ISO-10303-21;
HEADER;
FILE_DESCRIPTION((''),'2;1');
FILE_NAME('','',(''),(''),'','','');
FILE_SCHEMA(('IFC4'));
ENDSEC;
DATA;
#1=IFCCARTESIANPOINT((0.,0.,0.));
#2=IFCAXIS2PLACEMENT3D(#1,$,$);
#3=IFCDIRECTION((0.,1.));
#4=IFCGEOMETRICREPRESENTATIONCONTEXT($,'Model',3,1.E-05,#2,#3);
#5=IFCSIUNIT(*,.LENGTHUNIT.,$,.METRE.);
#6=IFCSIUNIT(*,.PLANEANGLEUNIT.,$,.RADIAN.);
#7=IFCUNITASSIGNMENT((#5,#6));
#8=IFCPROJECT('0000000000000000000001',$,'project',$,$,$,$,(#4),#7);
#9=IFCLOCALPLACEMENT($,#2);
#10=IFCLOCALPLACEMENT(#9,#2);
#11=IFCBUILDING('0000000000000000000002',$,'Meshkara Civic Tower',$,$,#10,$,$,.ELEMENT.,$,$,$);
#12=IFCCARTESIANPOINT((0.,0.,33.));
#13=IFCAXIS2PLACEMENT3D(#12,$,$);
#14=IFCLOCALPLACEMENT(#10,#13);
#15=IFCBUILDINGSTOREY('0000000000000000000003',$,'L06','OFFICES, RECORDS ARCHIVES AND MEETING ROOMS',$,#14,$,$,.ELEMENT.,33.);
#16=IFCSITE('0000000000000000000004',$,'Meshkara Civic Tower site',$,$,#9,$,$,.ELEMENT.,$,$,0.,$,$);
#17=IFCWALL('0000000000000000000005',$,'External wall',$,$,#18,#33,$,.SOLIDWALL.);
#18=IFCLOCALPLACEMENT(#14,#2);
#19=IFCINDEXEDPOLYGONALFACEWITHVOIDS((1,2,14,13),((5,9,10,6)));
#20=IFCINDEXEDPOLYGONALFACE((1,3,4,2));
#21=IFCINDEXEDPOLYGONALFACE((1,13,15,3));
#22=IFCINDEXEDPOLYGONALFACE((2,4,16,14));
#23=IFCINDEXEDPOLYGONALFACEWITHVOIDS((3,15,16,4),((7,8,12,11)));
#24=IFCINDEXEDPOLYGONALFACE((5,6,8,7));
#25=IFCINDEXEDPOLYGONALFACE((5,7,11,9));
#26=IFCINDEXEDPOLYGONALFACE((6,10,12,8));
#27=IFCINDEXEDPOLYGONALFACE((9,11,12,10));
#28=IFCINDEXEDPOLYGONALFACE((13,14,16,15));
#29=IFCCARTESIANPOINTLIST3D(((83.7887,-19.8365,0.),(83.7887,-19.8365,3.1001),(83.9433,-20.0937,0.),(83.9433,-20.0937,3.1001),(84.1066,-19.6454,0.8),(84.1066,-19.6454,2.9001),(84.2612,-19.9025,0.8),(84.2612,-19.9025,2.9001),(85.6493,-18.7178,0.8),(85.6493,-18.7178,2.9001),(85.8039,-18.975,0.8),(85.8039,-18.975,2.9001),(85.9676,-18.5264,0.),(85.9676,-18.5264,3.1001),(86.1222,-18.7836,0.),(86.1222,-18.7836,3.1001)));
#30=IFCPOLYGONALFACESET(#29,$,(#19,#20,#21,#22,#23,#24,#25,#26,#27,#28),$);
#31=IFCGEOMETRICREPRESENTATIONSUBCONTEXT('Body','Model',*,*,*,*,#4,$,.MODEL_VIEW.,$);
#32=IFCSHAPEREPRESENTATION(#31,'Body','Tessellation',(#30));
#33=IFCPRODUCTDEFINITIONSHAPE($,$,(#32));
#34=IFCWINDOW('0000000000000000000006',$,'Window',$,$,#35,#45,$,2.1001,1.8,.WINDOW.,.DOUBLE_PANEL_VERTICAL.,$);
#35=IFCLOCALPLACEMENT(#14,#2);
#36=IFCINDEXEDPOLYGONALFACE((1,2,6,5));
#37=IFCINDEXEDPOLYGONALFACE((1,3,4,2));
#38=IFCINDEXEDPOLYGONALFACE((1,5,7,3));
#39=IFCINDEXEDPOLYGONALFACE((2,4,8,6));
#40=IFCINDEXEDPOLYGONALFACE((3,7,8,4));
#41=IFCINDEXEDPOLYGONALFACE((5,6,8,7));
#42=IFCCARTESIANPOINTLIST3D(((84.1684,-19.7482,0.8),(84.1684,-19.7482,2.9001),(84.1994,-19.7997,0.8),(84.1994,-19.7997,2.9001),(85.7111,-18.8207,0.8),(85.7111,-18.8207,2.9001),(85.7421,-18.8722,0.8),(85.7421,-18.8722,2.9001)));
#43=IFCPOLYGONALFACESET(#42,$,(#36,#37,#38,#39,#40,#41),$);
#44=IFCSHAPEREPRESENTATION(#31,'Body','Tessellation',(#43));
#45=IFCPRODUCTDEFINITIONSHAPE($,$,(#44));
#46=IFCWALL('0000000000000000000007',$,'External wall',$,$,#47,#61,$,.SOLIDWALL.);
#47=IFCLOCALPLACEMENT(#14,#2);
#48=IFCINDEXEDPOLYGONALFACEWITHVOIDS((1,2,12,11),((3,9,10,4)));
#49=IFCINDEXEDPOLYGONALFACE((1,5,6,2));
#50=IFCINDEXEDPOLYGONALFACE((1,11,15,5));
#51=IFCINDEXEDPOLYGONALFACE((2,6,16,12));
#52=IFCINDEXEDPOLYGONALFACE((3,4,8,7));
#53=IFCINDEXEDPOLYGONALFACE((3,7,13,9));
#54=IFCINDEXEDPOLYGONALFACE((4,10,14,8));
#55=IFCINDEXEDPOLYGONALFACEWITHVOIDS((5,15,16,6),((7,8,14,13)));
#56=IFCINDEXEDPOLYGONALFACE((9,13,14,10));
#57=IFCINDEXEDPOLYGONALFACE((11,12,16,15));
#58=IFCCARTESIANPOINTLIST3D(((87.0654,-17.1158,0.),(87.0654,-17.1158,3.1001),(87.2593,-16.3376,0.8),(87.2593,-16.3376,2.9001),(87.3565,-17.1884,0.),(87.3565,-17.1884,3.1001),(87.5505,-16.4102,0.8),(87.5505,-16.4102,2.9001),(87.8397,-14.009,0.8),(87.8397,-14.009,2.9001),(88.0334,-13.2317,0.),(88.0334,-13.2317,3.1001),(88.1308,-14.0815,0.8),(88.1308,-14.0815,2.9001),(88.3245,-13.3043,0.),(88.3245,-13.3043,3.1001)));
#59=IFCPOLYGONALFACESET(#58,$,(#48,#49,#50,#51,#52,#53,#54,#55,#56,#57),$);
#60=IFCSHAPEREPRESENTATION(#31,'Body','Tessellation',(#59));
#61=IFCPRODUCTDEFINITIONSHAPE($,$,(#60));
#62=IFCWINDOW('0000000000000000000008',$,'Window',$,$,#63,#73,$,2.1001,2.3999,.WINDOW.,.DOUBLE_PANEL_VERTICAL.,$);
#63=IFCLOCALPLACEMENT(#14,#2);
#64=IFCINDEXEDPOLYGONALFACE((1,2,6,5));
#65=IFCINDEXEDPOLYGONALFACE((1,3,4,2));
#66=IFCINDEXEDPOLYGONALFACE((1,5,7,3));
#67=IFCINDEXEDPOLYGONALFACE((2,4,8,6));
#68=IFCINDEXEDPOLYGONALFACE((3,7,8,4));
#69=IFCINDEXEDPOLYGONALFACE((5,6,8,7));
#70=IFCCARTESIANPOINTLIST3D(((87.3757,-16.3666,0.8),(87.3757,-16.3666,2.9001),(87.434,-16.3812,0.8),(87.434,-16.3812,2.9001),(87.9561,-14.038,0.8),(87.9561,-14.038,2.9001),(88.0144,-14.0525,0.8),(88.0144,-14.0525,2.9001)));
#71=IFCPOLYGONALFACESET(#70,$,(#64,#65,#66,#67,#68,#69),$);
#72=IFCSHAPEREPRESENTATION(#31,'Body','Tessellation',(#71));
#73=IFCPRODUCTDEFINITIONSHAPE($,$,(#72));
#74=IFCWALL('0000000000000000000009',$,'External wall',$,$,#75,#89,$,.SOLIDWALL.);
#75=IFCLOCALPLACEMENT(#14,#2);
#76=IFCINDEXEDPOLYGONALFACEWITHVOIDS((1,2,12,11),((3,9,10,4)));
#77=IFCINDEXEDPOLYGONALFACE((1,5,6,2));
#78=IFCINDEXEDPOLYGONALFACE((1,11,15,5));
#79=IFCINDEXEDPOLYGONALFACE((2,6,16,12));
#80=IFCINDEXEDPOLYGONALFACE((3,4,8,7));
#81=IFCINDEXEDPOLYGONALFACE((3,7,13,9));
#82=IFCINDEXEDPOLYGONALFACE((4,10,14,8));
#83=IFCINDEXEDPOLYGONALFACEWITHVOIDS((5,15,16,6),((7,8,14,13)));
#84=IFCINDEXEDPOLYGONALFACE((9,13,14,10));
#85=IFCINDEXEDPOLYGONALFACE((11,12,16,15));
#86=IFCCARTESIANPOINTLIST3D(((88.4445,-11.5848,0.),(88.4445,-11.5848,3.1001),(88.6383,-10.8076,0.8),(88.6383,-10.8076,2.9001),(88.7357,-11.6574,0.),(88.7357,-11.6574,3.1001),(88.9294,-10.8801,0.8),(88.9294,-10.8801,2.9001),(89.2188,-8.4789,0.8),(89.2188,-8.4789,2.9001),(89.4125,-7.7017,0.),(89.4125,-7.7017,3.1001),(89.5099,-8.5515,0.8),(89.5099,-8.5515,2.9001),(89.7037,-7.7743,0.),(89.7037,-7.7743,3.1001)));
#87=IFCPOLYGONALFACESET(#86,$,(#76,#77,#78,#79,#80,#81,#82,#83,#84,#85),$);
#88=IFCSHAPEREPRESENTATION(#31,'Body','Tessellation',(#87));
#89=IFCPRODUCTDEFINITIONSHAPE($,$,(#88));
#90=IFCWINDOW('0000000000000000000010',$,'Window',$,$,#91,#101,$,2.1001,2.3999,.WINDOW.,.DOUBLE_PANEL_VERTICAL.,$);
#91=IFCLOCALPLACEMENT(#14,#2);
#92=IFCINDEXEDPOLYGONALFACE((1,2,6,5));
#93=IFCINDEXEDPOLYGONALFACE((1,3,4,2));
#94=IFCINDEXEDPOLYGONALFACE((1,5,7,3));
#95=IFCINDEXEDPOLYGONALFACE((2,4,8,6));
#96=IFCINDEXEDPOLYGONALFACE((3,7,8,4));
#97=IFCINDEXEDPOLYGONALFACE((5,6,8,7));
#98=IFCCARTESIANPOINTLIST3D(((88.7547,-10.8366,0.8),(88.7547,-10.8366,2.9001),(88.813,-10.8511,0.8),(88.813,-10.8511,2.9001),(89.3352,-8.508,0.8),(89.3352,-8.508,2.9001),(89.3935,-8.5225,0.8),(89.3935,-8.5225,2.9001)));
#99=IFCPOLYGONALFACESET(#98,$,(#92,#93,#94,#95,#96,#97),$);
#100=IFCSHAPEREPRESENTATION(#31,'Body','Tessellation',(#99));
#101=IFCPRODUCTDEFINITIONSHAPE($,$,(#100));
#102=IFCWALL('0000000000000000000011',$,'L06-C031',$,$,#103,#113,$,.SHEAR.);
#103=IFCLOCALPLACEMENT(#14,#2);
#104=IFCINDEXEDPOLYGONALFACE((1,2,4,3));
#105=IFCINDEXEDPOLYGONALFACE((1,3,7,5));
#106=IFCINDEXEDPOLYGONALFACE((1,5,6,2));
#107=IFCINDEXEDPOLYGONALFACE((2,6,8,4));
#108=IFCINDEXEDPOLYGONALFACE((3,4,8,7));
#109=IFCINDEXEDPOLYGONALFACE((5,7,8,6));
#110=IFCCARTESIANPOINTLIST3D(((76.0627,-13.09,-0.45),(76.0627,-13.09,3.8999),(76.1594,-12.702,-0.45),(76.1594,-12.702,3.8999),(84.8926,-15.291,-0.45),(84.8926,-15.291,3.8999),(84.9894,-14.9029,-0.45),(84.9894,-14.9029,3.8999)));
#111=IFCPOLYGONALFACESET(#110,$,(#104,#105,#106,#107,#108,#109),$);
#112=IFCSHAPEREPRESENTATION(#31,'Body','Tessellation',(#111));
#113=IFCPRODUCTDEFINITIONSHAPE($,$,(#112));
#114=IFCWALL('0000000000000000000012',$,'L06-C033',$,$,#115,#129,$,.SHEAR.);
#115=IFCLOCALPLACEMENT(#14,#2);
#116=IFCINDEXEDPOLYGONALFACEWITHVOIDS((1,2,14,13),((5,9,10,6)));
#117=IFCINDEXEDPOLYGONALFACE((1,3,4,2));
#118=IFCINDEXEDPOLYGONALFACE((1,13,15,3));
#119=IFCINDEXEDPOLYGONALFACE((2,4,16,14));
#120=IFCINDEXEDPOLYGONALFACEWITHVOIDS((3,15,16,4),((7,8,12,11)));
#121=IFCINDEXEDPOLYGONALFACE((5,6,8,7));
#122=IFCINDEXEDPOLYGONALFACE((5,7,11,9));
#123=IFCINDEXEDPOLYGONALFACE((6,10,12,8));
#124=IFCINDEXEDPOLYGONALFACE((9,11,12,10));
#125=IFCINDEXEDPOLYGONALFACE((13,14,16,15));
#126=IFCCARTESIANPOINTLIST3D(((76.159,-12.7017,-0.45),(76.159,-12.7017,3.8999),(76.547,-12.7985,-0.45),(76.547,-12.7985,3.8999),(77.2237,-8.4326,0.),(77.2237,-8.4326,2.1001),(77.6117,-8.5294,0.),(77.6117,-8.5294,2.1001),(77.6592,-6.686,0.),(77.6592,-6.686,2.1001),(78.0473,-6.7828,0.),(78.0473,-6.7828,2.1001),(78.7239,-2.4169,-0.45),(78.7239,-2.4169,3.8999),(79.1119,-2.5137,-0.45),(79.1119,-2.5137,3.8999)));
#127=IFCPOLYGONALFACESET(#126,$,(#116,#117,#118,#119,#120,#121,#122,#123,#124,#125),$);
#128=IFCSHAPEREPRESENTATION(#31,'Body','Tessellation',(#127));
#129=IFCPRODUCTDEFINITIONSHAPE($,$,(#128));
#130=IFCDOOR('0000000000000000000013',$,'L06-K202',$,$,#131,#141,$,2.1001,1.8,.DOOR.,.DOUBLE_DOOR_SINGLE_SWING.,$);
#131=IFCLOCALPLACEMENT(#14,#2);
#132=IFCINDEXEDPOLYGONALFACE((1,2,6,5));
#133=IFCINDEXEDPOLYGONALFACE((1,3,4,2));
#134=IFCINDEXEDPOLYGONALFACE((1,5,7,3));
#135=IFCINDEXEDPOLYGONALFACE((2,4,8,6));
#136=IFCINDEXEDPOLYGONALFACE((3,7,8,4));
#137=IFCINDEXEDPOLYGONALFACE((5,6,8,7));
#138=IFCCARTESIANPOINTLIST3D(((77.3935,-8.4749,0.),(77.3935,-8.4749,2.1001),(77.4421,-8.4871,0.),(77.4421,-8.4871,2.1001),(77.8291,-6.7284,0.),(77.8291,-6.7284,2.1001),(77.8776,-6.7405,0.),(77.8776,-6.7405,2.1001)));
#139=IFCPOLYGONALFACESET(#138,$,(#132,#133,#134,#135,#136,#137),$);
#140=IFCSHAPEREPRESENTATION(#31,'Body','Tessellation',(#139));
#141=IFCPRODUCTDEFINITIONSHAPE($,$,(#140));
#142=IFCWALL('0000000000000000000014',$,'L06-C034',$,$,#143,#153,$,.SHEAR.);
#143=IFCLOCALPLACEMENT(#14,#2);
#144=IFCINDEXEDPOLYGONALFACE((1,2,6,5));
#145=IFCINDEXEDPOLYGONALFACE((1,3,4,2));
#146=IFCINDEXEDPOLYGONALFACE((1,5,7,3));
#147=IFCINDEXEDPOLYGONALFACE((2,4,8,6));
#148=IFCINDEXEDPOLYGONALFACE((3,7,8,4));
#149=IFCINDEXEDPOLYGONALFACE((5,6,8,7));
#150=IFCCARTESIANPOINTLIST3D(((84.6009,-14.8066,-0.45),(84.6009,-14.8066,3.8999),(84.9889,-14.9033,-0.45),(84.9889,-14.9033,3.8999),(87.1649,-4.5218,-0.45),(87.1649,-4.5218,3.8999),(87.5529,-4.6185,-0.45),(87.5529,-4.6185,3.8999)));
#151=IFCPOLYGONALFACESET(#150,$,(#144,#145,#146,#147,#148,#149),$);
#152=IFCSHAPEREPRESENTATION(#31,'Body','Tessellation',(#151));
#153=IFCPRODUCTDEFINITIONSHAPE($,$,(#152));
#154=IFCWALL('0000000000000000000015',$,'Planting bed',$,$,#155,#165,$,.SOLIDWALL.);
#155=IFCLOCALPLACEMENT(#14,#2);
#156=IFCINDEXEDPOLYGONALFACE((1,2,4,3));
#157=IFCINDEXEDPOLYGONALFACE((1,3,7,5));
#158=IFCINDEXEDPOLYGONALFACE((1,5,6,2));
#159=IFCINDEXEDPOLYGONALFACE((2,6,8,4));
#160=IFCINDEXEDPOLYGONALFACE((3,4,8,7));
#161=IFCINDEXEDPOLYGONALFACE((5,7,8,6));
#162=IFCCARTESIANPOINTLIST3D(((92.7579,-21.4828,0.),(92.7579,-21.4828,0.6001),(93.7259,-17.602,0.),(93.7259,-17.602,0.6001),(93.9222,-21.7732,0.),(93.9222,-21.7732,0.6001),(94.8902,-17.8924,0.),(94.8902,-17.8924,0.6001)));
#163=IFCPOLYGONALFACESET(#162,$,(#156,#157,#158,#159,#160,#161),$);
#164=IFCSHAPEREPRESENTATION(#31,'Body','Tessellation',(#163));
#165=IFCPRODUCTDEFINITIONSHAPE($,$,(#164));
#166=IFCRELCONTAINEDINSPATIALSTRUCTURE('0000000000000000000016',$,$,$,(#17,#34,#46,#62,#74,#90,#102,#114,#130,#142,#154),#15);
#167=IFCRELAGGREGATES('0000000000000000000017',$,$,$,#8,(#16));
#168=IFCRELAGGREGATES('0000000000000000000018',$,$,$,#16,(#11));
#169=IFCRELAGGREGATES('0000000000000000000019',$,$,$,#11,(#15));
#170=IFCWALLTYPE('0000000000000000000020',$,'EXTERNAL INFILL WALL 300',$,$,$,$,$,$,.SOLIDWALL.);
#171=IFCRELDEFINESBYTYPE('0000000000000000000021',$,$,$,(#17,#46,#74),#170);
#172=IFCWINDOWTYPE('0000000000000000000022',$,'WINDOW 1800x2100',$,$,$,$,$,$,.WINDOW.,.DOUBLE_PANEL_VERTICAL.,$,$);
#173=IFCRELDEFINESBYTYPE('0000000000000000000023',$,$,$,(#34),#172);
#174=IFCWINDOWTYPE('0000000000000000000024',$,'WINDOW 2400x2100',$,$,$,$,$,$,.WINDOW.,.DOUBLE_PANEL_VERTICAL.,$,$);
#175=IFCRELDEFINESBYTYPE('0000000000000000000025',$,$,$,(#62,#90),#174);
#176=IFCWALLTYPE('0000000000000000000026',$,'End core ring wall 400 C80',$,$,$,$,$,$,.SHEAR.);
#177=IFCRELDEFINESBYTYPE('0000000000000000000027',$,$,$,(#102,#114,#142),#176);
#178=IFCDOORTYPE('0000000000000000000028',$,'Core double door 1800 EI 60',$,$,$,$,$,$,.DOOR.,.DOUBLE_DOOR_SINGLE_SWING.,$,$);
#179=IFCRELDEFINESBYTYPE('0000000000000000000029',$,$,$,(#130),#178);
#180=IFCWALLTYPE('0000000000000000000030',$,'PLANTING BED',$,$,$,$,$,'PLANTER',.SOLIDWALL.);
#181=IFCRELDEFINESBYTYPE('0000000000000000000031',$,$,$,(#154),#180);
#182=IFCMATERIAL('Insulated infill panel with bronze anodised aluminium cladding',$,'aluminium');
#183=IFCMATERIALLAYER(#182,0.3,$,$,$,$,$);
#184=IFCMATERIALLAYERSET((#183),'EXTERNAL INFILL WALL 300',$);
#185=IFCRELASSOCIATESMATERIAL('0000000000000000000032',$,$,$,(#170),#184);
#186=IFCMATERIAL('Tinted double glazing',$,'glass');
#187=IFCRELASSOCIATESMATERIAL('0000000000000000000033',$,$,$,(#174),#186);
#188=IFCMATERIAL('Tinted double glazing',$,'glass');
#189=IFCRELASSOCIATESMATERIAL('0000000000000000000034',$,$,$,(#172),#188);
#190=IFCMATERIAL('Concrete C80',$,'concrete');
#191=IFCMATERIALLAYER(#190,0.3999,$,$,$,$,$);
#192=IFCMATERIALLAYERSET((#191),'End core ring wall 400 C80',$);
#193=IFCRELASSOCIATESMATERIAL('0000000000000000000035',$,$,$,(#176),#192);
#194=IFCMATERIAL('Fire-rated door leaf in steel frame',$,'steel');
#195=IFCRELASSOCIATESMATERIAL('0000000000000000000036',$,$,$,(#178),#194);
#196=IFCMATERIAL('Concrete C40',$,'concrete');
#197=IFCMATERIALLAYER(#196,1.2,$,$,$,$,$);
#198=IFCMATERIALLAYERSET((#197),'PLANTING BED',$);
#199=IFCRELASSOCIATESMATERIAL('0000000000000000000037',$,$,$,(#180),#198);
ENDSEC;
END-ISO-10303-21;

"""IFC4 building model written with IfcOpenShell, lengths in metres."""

from ifc_helpers import new_model, si_unit, direction, frame, frame_2d, origin, place, context, subcontext, project, spatial, rectangle, extrude, material, layer, layer_set, type_object, element, fill, save


model = new_model("IFC4")

# Units and contexts
model_context = context("Model", 3, precision=1e-05, world=origin(), true_north=direction((0.0, 1.0)))
body_context = subcontext(model_context, "Body", "Model", "MODEL_VIEW")
ifc_project = project(units=[si_unit("LENGTHUNIT", "METRE"), si_unit("PLANEANGLEUNIT", "RADIAN")], contexts=[model_context])

# Site, building, storey
site_placement = place(None, origin())
site = spatial("IfcSite", under=ifc_project, at=site_placement, Name="Meshkara Civic Tower site", CompositionType="ELEMENT", RefElevation=0.0)
building_placement = place(site_placement, origin())
building = spatial("IfcBuilding", under=site, at=building_placement, Name="Meshkara Civic Tower", CompositionType="ELEMENT")
storey_placement = place(building_placement, frame((0.0, 0.0, 33.0)))
storey = spatial("IfcBuildingStorey", under=building, at=storey_placement, Name="L06", Description="OFFICES, RECORDS ARCHIVES AND MEETING ROOMS", CompositionType="ELEMENT", Elevation=33.0)

# Walls, openings, windows
ifc_material_1 = material(Name="Insulated infill panel with bronze anodised aluminium cladding", Category="aluminium")
ifc_layer_1 = layer(ifc_material_1, 0.3)
ifc_layer_set_1 = layer_set([ifc_layer_1], Name="EXTERNAL INFILL WALL 300")
wall_type_1 = type_object("IfcWallType", Name="EXTERNAL INFILL WALL 300", PredefinedType="SOLIDWALL", material=ifc_layer_set_1)
ifc_material_2 = material(Name="Tinted double glazing", Category="glass")
window_type_1 = type_object("IfcWindowType", Name="WINDOW 2400x2100", PartitioningType="DOUBLE_PANEL_VERTICAL", PredefinedType="WINDOW", material=ifc_material_2)
wall_1_placement = place(storey_placement, frame((83.866, -19.9651, 0.0), z_axis=(0.0, 0.0, 1.0), x_axis=(0.857027, 0.515272, 0.0)))
wall_1 = element("IfcWall", 1, at=wall_1_placement, inside=storey, type_object=wall_type_1, Name="External wall", PredefinedType="SOLIDWALL", context=body_context, shape_type="SweptSolid", body=[
    extrude(rectangle(XDim=2.5425, YDim=0.3, at=frame_2d((1.2712, 0.0))), origin(), (0.0, 0.0, 1.0), 3.1001),
])
opening_1_placement = place(wall_1_placement, frame((0.3711, 0.0, 0.8)))
opening_1 = element("IfcOpeningElement", 2, at=opening_1_placement, cuts=wall_1, PredefinedType="OPENING", context=body_context, shape_type="SweptSolid", body=[
    extrude(rectangle(XDim=1.8, YDim=2.1001, at=frame_2d((0.8999, 1.05))), frame((0.0, 0.1599, 0.0), z_axis=(0.0, -1.0, 0.0), x_axis=(1.0, 0.0, 0.0)), (0.0, 0.0, 1.0), 0.3201),
])
ifc_material_3 = material(Name="Tinted double glazing", Category="glass")
window_type_2 = type_object("IfcWindowType", Name="WINDOW 1800x2100", PartitioningType="DOUBLE_PANEL_VERTICAL", PredefinedType="WINDOW", material=ifc_material_3)
window_1_placement = place(opening_1_placement, origin())
window_1 = element("IfcWindow", 3, at=window_1_placement, inside=storey, type_object=window_type_2, Name="Window", OverallHeight=2.1001, OverallWidth=1.8, PartitioningType="DOUBLE_PANEL_VERTICAL", PredefinedType="WINDOW", context=body_context, shape_type="SweptSolid", body=[
    extrude(rectangle(XDim=1.8, YDim=2.1001, at=frame_2d((0.8999, 1.05))), frame((0.0, 0.03, 0.0), z_axis=(0.0, -1.0, 0.0), x_axis=(1.0, 0.0, 0.0)), (0.0, 0.0, 1.0), 0.0601),
])
fill(opening_1, window_1)
wall_2_placement = place(storey_placement, frame((87.2109, -17.1521, 0.0), z_axis=(0.0, 0.0, 1.0), x_axis=(0.241832, 0.970318, 0.0)))
wall_2 = element("IfcWall", 4, at=wall_2_placement, inside=storey, type_object=wall_type_1, Name="External wall", PredefinedType="SOLIDWALL", context=body_context, shape_type="SweptSolid", body=[
    extrude(rectangle(XDim=4.0029, YDim=0.3, at=frame_2d((2.0015, 0.0))), origin(), (0.0, 0.0, 1.0), 3.1001),
])
opening_2_placement = place(wall_2_placement, frame((0.802, 0.0, 0.8)))
opening_2 = element("IfcOpeningElement", 5, at=opening_2_placement, cuts=wall_2, PredefinedType="OPENING", context=body_context, shape_type="SweptSolid", body=[
    extrude(rectangle(XDim=2.3999, YDim=2.1001, at=frame_2d((1.2, 1.05))), frame((0.0, 0.1599, 0.0), z_axis=(0.0, -1.0, 0.0), x_axis=(1.0, 0.0, 0.0)), (0.0, 0.0, 1.0), 0.3201),
])
window_2_placement = place(opening_2_placement, origin())
window_2 = element("IfcWindow", 6, at=window_2_placement, inside=storey, type_object=window_type_1, Name="Window", OverallHeight=2.1001, OverallWidth=2.3999, PartitioningType="DOUBLE_PANEL_VERTICAL", PredefinedType="WINDOW", context=body_context, shape_type="SweptSolid", body=[
    extrude(rectangle(XDim=2.3999, YDim=2.1001, at=frame_2d((1.2, 1.05))), frame((0.0, 0.03, 0.0), z_axis=(0.0, -1.0, 0.0), x_axis=(1.0, 0.0, 0.0)), (0.0, 0.0, 1.0), 0.0601),
])
fill(opening_2, window_2)
wall_3_placement = place(storey_placement, frame((88.5901, -11.6211, 0.0), z_axis=(0.0, 0.0, 1.0), x_axis=(0.24189, 0.970304, 0.0)))
wall_3 = element("IfcWall", 7, at=wall_3_placement, inside=storey, type_object=wall_type_1, Name="External wall", PredefinedType="SOLIDWALL", context=body_context, shape_type="SweptSolid", body=[
    extrude(rectangle(XDim=4.002, YDim=0.3, at=frame_2d((2.001, 0.0))), origin(), (0.0, 0.0, 1.0), 3.1001),
])
opening_3_placement = place(wall_3_placement, frame((0.801, 0.0, 0.8)))
opening_3 = element("IfcOpeningElement", 8, at=opening_3_placement, cuts=wall_3, PredefinedType="OPENING", context=body_context, shape_type="SweptSolid", body=[
    extrude(rectangle(XDim=2.3999, YDim=2.1001, at=frame_2d((1.2, 1.05))), frame((0.0, 0.1599, 0.0), z_axis=(0.0, -1.0, 0.0), x_axis=(1.0, 0.0, 0.0)), (0.0, 0.0, 1.0), 0.3201),
])
window_3_placement = place(opening_3_placement, origin())
window_3 = element("IfcWindow", 9, at=window_3_placement, inside=storey, type_object=window_type_1, Name="Window", OverallHeight=2.1001, OverallWidth=2.3999, PartitioningType="DOUBLE_PANEL_VERTICAL", PredefinedType="WINDOW", context=body_context, shape_type="SweptSolid", body=[
    extrude(rectangle(XDim=2.3999, YDim=2.1001, at=frame_2d((1.2, 1.05))), frame((0.0, 0.03, 0.0), z_axis=(0.0, -1.0, 0.0), x_axis=(1.0, 0.0, 0.0)), (0.0, 0.0, 1.0), 0.0601),
])
fill(opening_3, window_3)

# Wall
ifc_material_4 = material(Name="Concrete C80", Category="concrete")
ifc_layer_2 = layer(ifc_material_4, 0.3999)
ifc_layer_set_2 = layer_set([ifc_layer_2], Name="End core ring wall 400 C80")
wall_type_2 = type_object("IfcWallType", Name="End core ring wall 400 C80", PredefinedType="SHEAR", material=ifc_layer_set_2)
wall_4_placement = place(storey_placement, frame((76.1111, -12.896, -0.45), z_axis=(0.0, 0.0, 1.0), x_axis=(0.970311, -0.24186, 0.0)))
element("IfcWall", 10, at=wall_4_placement, inside=storey, type_object=wall_type_2, Name="L06-C031", PredefinedType="SHEAR", context=body_context, shape_type="SweptSolid", body=[
    extrude(rectangle(XDim=9.1001, YDim=0.3999, at=frame_2d((4.55, 0.0))), origin(), (0.0, 0.0, 1.0), 4.3499),
])

# Wall, opening, door
wall_5_placement = place(storey_placement, frame((76.353, -12.75, -0.45), z_axis=(0.0, 0.0, 1.0), x_axis=(0.241977, 0.970282, 0.0)))
wall_5 = element("IfcWall", 11, at=wall_5_placement, inside=storey, type_object=wall_type_2, Name="L06-C033", PredefinedType="SHEAR", context=body_context, shape_type="SweptSolid", body=[
    extrude(rectangle(XDim=10.5999, YDim=0.3999, at=frame_2d((5.2998, 0.0))), origin(), (0.0, 0.0, 1.0), 4.3499),
])
opening_4_placement = place(wall_5_placement, frame((4.3999, 0.0, 0.45)))
opening_4 = element("IfcOpeningElement", 12, at=opening_4_placement, cuts=wall_5, PredefinedType="OPENING", context=body_context, shape_type="SweptSolid", body=[
    extrude(rectangle(XDim=1.8, YDim=2.1001, at=frame_2d((0.8999, 1.05))), frame((0.0, 0.21, 0.0), z_axis=(0.0, -1.0, 0.0), x_axis=(1.0, 0.0, 0.0)), (0.0, 0.0, 1.0), 0.4199),
])
ifc_material_5 = material(Name="Fire-rated door leaf in steel frame", Category="steel")
door_type_1 = type_object("IfcDoorType", Name="Core double door 1800 EI 60", OperationType="DOUBLE_DOOR_SINGLE_SWING", PredefinedType="DOOR", material=ifc_material_5)
door_1_placement = place(opening_4_placement, origin())
door_1 = element("IfcDoor", 13, at=door_1_placement, inside=storey, type_object=door_type_1, Name="L06-K202", OperationType="DOUBLE_DOOR_SINGLE_SWING", OverallHeight=2.1001, OverallWidth=1.8, PredefinedType="DOOR", context=body_context, shape_type="SweptSolid", body=[
    extrude(rectangle(XDim=1.8, YDim=2.1001, at=frame_2d((0.8999, 1.05))), frame((0.0, 0.0249, 0.0), z_axis=(0.0, -1.0, 0.0), x_axis=(1.0, 0.0, 0.0)), (0.0, 0.0, 1.0), 0.05),
])
fill(opening_4, door_1)

# Walls
wall_6_placement = place(storey_placement, frame((84.7949, -14.855, -0.45), z_axis=(0.0, 0.0, 1.0), x_axis=(0.241891, 0.970304, 0.0)))
element("IfcWall", 14, at=wall_6_placement, inside=storey, type_object=wall_type_2, Name="L06-C034", PredefinedType="SHEAR", context=body_context, shape_type="SweptSolid", body=[
    extrude(rectangle(XDim=10.5996, YDim=0.3999, at=frame_2d((5.2998, 0.0))), origin(), (0.0, 0.0, 1.0), 4.3499),
])
ifc_material_6 = material(Name="Concrete C40", Category="concrete")
ifc_layer_3 = layer(ifc_material_6, 1.2)
ifc_layer_set_3 = layer_set([ifc_layer_3], Name="PLANTING BED")
wall_type_3 = type_object("IfcWallType", Name="PLANTING BED", ElementType="PLANTER", PredefinedType="SOLIDWALL", material=ifc_layer_set_3)
wall_7_placement = place(storey_placement, frame((94.3081, -17.7471, 0.0), z_axis=(0.0, 0.0, 1.0), x_axis=(-0.242019, -0.970272, 0.0)))
element("IfcWall", 15, at=wall_7_placement, inside=storey, type_object=wall_type_3, Name="Planting bed", PredefinedType="SOLIDWALL", context=body_context, shape_type="SweptSolid", body=[
    extrude(rectangle(XDim=3.9998, YDim=1.2, at=frame_2d((2.0, 0.0))), origin(), (0.0, 0.0, 1.0), 0.6001),
])

save(model, "model.ifc")
